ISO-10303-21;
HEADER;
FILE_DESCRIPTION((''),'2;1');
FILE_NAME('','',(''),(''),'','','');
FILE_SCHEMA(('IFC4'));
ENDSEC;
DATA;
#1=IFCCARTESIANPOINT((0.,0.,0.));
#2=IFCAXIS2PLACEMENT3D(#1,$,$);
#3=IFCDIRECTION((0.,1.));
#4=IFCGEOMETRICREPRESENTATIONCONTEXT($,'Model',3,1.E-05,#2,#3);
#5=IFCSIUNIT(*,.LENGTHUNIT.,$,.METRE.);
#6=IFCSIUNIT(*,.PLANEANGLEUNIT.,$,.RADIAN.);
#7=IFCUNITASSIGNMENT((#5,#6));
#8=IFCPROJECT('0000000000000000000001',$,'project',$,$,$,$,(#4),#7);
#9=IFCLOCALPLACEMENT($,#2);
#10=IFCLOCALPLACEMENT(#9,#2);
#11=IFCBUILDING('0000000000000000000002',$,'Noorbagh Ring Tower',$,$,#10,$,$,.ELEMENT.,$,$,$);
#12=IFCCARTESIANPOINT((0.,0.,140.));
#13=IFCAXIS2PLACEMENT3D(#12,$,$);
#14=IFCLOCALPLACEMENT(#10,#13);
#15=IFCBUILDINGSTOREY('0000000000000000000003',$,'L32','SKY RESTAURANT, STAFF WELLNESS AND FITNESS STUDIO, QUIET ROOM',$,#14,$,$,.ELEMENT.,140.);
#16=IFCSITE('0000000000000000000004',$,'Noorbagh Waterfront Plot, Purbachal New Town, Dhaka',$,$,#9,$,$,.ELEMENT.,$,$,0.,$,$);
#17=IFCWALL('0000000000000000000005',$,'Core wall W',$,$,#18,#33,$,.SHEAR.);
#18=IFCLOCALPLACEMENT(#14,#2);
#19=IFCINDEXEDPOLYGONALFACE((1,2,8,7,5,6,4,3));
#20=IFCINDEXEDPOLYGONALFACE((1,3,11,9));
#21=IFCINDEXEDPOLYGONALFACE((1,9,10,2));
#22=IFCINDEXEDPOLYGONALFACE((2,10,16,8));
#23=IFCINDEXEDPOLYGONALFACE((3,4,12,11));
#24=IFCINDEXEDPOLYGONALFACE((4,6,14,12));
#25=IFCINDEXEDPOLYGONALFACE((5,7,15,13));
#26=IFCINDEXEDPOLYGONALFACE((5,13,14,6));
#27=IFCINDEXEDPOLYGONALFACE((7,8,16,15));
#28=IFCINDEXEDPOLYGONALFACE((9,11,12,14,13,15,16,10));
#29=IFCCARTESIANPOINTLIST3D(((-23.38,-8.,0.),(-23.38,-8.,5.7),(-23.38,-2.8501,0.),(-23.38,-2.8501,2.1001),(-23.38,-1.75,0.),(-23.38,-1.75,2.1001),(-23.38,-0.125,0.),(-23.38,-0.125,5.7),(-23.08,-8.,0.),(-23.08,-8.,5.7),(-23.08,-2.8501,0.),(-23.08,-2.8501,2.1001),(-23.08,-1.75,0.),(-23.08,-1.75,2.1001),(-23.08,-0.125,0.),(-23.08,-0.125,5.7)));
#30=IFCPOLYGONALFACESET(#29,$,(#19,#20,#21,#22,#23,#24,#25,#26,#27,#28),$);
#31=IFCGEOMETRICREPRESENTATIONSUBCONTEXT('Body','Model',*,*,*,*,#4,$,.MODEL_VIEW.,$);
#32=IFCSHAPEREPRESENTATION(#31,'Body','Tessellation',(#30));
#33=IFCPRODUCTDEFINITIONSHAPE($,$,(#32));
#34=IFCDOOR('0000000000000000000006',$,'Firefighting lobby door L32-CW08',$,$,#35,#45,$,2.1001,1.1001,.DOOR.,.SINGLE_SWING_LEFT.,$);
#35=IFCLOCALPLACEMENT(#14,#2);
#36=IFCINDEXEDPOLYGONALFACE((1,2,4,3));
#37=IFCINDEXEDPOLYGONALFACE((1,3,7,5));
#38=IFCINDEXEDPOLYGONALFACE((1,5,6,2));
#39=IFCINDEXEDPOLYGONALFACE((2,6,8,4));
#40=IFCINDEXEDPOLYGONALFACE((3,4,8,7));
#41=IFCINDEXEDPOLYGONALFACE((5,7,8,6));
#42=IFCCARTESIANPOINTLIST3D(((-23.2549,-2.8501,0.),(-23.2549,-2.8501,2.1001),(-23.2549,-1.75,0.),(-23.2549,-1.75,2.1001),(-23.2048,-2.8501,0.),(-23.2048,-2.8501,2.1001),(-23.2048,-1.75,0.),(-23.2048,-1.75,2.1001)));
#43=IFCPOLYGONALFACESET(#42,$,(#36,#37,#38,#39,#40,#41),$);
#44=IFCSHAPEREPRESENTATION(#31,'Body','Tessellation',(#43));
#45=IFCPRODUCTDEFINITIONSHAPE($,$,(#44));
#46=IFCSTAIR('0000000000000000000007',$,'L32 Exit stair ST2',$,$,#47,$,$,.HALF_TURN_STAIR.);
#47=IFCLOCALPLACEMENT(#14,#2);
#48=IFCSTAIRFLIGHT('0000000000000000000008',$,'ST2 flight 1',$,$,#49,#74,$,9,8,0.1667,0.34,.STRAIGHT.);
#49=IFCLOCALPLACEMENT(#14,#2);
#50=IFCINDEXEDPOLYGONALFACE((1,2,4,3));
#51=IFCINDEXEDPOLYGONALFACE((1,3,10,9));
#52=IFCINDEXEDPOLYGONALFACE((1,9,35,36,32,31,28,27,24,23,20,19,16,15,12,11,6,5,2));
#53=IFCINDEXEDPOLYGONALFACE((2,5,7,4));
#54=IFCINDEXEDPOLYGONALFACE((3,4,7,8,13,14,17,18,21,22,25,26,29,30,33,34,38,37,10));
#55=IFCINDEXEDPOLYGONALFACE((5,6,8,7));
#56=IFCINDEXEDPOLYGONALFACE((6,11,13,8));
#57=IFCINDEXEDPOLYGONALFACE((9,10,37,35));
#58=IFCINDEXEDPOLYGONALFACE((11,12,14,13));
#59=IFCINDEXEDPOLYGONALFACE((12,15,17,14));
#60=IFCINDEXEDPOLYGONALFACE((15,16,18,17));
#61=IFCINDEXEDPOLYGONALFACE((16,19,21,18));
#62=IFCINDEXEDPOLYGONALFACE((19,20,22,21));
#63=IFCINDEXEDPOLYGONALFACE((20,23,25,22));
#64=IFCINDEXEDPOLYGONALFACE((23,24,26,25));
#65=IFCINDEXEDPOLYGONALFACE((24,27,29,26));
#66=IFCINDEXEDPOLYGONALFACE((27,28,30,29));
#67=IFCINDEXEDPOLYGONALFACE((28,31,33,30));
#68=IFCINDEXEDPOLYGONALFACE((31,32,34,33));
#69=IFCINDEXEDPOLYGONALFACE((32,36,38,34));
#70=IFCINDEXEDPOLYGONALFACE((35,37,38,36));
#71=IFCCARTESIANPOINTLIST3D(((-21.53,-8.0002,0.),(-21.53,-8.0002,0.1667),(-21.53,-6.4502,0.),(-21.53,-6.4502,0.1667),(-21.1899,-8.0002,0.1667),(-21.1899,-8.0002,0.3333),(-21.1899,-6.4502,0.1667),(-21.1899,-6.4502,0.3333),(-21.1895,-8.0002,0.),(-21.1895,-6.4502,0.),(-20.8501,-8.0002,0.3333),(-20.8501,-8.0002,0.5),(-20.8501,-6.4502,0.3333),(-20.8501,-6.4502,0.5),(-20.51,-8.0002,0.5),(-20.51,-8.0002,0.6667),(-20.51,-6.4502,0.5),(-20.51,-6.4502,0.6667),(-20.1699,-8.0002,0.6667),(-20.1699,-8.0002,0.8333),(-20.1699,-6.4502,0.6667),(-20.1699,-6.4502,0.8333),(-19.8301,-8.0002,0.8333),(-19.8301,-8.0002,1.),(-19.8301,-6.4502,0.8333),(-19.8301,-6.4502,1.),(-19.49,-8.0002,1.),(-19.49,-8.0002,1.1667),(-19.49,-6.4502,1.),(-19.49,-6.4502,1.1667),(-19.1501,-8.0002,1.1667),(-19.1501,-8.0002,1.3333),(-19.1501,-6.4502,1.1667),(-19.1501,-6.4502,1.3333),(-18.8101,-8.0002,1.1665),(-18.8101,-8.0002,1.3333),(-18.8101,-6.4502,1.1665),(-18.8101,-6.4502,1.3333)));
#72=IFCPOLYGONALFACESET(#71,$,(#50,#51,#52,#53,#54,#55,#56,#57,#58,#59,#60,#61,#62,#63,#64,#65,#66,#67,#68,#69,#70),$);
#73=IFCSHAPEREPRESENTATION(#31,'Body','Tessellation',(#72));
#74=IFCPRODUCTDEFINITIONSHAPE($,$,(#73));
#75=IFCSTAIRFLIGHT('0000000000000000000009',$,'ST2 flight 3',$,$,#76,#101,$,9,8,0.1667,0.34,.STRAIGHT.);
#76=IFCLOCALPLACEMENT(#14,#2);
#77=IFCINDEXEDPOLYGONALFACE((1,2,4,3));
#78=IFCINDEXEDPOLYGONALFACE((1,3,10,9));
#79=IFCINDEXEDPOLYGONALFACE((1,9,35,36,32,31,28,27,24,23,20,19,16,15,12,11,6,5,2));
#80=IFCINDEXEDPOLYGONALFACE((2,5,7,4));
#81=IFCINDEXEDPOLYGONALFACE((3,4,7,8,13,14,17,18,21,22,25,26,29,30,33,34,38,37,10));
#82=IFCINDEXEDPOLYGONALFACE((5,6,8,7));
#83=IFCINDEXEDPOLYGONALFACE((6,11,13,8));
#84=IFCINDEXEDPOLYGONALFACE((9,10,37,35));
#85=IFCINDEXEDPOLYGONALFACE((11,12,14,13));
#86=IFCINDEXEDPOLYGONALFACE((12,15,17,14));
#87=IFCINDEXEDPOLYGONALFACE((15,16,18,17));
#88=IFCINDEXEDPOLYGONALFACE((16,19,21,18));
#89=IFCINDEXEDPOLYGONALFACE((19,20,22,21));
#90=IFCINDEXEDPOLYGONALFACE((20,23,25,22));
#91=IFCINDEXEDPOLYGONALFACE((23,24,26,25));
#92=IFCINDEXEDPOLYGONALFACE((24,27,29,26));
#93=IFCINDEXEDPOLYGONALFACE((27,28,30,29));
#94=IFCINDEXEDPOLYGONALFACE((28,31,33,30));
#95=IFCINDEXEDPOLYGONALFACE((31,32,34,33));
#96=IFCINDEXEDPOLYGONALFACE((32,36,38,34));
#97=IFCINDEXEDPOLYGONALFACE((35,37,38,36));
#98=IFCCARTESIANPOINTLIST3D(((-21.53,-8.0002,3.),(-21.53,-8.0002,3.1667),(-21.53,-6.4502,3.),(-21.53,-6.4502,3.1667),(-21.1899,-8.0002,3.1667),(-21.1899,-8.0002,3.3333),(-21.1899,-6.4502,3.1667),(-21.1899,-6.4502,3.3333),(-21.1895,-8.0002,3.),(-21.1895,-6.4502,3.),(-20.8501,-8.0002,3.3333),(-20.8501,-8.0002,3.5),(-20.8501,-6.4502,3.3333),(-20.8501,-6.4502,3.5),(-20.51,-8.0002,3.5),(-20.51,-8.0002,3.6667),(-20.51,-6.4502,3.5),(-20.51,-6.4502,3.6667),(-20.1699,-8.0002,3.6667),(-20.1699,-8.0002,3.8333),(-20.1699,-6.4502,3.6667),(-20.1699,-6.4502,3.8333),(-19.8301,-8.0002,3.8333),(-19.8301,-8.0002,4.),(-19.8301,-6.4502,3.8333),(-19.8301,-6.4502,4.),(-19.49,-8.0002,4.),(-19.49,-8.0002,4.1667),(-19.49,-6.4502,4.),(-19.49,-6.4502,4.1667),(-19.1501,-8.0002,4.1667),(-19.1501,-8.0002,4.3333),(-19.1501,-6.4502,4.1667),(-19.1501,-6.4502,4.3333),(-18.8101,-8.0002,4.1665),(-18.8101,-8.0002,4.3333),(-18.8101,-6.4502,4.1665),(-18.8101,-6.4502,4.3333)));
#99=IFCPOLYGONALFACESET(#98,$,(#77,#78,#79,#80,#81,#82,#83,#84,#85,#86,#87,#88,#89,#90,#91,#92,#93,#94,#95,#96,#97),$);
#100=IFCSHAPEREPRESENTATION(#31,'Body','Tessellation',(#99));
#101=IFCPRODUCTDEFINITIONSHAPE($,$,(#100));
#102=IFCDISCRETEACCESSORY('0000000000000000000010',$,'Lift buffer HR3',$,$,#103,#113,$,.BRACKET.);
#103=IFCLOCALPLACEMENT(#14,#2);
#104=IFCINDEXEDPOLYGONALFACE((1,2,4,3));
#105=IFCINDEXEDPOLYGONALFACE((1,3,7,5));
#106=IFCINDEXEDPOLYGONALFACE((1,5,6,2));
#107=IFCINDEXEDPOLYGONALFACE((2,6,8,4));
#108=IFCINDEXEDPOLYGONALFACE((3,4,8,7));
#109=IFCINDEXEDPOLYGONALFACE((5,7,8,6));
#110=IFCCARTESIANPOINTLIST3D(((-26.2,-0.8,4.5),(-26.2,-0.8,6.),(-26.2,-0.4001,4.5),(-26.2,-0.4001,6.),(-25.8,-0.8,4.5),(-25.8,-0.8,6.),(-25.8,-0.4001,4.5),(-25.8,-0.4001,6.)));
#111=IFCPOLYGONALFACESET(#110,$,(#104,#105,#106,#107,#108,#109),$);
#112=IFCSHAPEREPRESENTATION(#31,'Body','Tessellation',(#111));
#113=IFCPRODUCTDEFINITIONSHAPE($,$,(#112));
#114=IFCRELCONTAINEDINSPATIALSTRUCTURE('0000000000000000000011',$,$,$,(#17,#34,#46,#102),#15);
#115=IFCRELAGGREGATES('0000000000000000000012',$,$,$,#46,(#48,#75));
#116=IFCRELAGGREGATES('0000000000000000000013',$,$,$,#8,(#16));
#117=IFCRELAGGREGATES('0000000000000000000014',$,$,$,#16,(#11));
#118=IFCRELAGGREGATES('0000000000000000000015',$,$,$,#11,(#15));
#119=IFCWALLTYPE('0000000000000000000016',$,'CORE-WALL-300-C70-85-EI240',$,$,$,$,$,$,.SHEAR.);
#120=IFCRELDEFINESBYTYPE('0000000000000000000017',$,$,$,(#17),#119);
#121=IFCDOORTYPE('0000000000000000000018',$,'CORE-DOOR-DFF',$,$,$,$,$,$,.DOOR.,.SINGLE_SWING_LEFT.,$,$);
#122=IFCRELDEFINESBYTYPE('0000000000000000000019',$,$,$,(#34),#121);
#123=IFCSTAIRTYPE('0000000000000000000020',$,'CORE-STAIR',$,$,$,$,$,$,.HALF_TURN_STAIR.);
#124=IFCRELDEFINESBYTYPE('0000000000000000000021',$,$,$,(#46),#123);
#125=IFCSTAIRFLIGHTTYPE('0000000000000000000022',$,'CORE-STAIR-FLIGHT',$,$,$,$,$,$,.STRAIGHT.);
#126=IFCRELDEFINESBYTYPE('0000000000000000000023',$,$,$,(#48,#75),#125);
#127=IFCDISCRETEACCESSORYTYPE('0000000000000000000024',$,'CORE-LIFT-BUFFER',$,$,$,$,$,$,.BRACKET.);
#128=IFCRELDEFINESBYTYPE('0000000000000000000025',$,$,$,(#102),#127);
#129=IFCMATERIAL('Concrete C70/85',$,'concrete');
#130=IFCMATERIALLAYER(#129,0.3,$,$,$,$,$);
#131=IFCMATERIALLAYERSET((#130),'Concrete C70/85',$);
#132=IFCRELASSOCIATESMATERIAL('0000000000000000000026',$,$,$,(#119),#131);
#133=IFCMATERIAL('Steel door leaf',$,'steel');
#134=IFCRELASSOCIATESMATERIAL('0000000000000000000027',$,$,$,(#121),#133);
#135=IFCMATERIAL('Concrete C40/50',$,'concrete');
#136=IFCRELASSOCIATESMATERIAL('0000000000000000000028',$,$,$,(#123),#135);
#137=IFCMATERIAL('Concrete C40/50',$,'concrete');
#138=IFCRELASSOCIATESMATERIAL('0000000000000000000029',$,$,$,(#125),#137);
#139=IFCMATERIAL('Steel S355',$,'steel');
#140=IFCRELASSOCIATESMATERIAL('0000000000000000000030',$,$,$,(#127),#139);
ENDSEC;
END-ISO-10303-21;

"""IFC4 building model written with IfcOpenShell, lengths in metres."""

from ifc_helpers import new_model, si_unit, direction, frame, frame_2d, origin, origin_2d, place, context, subcontext, project, spatial, polyline, rectangle, outline, extrude, material, layer, layer_set, type_object, element, fill, aggregate, save


model = new_model("IFC4")

# Units and contexts
model_context = context("Model", 3, precision=1e-05, world=origin(), true_north=direction((0.0, 1.0)))
body_context = subcontext(model_context, "Body", "Model", "MODEL_VIEW")
ifc_project = project(units=[si_unit("LENGTHUNIT", "METRE"), si_unit("PLANEANGLEUNIT", "RADIAN")], contexts=[model_context])

# Site, building, storey
site_placement = place(None, origin())
site = spatial("IfcSite", under=ifc_project, at=site_placement, Name="Noorbagh Waterfront Plot, Purbachal New Town, Dhaka", CompositionType="ELEMENT", RefElevation=0.0)
building_placement = place(site_placement, origin())
building = spatial("IfcBuilding", under=site, at=building_placement, Name="Noorbagh Ring Tower", CompositionType="ELEMENT")
storey_placement = place(building_placement, frame((0.0, 0.0, 140.0)))
storey = spatial("IfcBuildingStorey", under=building, at=storey_placement, Name="L32", Description="SKY RESTAURANT, STAFF WELLNESS AND FITNESS STUDIO, QUIET ROOM", CompositionType="ELEMENT", Elevation=140.0)

# Shared definitions
ifc_material_1 = material(Name="Concrete C70/85", Category="concrete")
ifc_layer_1 = layer(ifc_material_1, 0.3)
ifc_layer_set_1 = layer_set([ifc_layer_1], Name="Concrete C70/85")
wall_type_1 = type_object("IfcWallType", Name="CORE-WALL-300-C70-85-EI240", PredefinedType="SHEAR", material=ifc_layer_set_1)

# Wall, opening, door
wall_1_placement = place(storey_placement, frame((-23.23, -8.0, 0.0), z_axis=(0.0, 0.0, 1.0), x_axis=(0.0, 1.0, 0.0)))
wall_1 = element("IfcWall", 1, at=wall_1_placement, inside=storey, type_object=wall_type_1, Name="Core wall W", PredefinedType="SHEAR", context=body_context, shape_type="SweptSolid", body=[
    extrude(rectangle(XDim=7.875, YDim=0.3, at=frame_2d((3.9375, 0.0))), origin(), (0.0, 0.0, 1.0), 5.7),
])
opening_1_placement = place(wall_1_placement, frame((5.1499, 0.0, 0.0)))
opening_1 = element("IfcOpeningElement", 2, at=opening_1_placement, cuts=wall_1, PredefinedType="OPENING", context=body_context, shape_type="SweptSolid", body=[
    extrude(rectangle(XDim=1.1001, YDim=2.1001, at=frame_2d((0.55, 1.05))), frame((0.0, 0.1602, 0.0), z_axis=(0.0, -1.0, 0.0), x_axis=(1.0, 0.0, 0.0)), (0.0, 0.0, 1.0), 0.3201),
])
ifc_material_2 = material(Name="Steel door leaf", Category="steel")
door_type_1 = type_object("IfcDoorType", Name="CORE-DOOR-DFF", OperationType="SINGLE_SWING_LEFT", PredefinedType="DOOR", material=ifc_material_2)
door_1_placement = place(opening_1_placement, origin())
door_1 = element("IfcDoor", 3, at=door_1_placement, inside=storey, type_object=door_type_1, Name="Firefighting lobby door L32-CW08", OperationType="SINGLE_SWING_LEFT", OverallHeight=2.1001, OverallWidth=1.1001, PredefinedType="DOOR", context=body_context, shape_type="SweptSolid", body=[
    extrude(rectangle(XDim=1.1001, YDim=2.1001, at=frame_2d((0.55, 1.05))), frame((0.0, 0.0249, 0.0), z_axis=(0.0, -1.0, 0.0), x_axis=(1.0, 0.0, 0.0)), (0.0, 0.0, 1.0), 0.05),
])
fill(opening_1, door_1)

# Stair, stair flights
ifc_material_3 = material(Name="Concrete C40/50", Category="concrete")
stair_type = type_object("IfcStairType", Name="CORE-STAIR", PredefinedType="HALF_TURN_STAIR", material=ifc_material_3)
stair_placement = place(storey_placement, origin())
stair = element("IfcStair", 4, at=stair_placement, inside=storey, type_object=stair_type, Name="L32 Exit stair ST2", PredefinedType="HALF_TURN_STAIR")
ifc_material_4 = material(Name="Concrete C40/50", Category="concrete")
stair_flight_type = type_object("IfcStairFlightType", Name="CORE-STAIR-FLIGHT", PredefinedType="STRAIGHT", material=ifc_material_4)
stair_flight_1_placement = place(storey_placement, frame((-21.53, -7.2251, 0.0), z_axis=(0.0, 0.0, 1.0), x_axis=(1.0, 0.0, 0.0)))
stair_flight_1 = element("IfcStairFlight", 5, at=stair_flight_1_placement, type_object=stair_flight_type, Name="ST2 flight 1", NumberOfRisers=9, NumberOfTreads=8, PredefinedType="STRAIGHT", RiserHeight=0.1667, TreadLength=0.34, context=body_context, shape_type="SweptSolid", body=[
    extrude(outline(polyline([(0.0, 0.0), (0.0, 0.1667), (0.3401, 0.1667), (0.3401, 0.3333), (0.6799, 0.3333), (0.6799, 0.5), (1.02, 0.5), (1.02, 0.6667), (1.3601, 0.6667), (1.3601, 0.8333), (1.7, 0.8333), (1.7, 1.0), (2.04, 1.0), (2.04, 1.1667), (2.3799, 1.1667), (2.3799, 1.3333), (2.72, 1.3333), (2.72, 1.5), (2.72, 1.1665), (0.3406, 0.0), (0.0, 0.0)])), frame((0.0, 0.7749, 0.0), z_axis=(0.0, -1.0, 0.0), x_axis=(1.0, 0.0, 0.0)), (0.0, 0.0, 1.0), 1.55),
])
stair_flight_2_placement = place(storey_placement, frame((-21.53, -7.2251, 3.0), z_axis=(0.0, 0.0, 1.0), x_axis=(1.0, 0.0, 0.0)))
stair_flight_2 = element("IfcStairFlight", 6, at=stair_flight_2_placement, type_object=stair_flight_type, Name="ST2 flight 3", NumberOfRisers=9, NumberOfTreads=8, PredefinedType="STRAIGHT", RiserHeight=0.1667, TreadLength=0.34, context=body_context, shape_type="SweptSolid", body=[
    extrude(outline(polyline([(0.0, 0.0), (0.0, 0.1667), (0.3401, 0.1667), (0.3401, 0.3333), (0.6799, 0.3333), (0.6799, 0.5), (1.02, 0.5), (1.02, 0.6667), (1.3601, 0.6667), (1.3601, 0.8333), (1.7, 0.8333), (1.7, 1.0), (2.04, 1.0), (2.04, 1.1667), (2.3799, 1.1667), (2.3799, 1.3333), (2.72, 1.3333), (2.72, 1.5), (2.72, 1.1665), (0.3406, 0.0), (0.0, 0.0)])), frame((0.0, 0.7749, 0.0), z_axis=(0.0, -1.0, 0.0), x_axis=(1.0, 0.0, 0.0)), (0.0, 0.0, 1.0), 1.55),
])
aggregate(stair, [stair_flight_1, stair_flight_2])

# Discrete accessory
ifc_material_5 = material(Name="Steel S355", Category="steel")
discrete_accessory_type = type_object("IfcDiscreteAccessoryType", Name="CORE-LIFT-BUFFER", PredefinedType="BRACKET", material=ifc_material_5)
discrete_accessory_placement = place(storey_placement, frame((-26.0, -0.6001, 4.5), z_axis=(0.0, 0.0, 1.0), x_axis=(1.0, 0.0, 0.0)))
element("IfcDiscreteAccessory", 7, at=discrete_accessory_placement, inside=storey, type_object=discrete_accessory_type, Name="Lift buffer HR3", PredefinedType="BRACKET", context=body_context, shape_type="SweptSolid", body=[
    extrude(rectangle(XDim=0.3999, YDim=0.3999, at=origin_2d()), origin(), (0.0, 0.0, 1.0), 1.5),
])

save(model, "model.ifc")
